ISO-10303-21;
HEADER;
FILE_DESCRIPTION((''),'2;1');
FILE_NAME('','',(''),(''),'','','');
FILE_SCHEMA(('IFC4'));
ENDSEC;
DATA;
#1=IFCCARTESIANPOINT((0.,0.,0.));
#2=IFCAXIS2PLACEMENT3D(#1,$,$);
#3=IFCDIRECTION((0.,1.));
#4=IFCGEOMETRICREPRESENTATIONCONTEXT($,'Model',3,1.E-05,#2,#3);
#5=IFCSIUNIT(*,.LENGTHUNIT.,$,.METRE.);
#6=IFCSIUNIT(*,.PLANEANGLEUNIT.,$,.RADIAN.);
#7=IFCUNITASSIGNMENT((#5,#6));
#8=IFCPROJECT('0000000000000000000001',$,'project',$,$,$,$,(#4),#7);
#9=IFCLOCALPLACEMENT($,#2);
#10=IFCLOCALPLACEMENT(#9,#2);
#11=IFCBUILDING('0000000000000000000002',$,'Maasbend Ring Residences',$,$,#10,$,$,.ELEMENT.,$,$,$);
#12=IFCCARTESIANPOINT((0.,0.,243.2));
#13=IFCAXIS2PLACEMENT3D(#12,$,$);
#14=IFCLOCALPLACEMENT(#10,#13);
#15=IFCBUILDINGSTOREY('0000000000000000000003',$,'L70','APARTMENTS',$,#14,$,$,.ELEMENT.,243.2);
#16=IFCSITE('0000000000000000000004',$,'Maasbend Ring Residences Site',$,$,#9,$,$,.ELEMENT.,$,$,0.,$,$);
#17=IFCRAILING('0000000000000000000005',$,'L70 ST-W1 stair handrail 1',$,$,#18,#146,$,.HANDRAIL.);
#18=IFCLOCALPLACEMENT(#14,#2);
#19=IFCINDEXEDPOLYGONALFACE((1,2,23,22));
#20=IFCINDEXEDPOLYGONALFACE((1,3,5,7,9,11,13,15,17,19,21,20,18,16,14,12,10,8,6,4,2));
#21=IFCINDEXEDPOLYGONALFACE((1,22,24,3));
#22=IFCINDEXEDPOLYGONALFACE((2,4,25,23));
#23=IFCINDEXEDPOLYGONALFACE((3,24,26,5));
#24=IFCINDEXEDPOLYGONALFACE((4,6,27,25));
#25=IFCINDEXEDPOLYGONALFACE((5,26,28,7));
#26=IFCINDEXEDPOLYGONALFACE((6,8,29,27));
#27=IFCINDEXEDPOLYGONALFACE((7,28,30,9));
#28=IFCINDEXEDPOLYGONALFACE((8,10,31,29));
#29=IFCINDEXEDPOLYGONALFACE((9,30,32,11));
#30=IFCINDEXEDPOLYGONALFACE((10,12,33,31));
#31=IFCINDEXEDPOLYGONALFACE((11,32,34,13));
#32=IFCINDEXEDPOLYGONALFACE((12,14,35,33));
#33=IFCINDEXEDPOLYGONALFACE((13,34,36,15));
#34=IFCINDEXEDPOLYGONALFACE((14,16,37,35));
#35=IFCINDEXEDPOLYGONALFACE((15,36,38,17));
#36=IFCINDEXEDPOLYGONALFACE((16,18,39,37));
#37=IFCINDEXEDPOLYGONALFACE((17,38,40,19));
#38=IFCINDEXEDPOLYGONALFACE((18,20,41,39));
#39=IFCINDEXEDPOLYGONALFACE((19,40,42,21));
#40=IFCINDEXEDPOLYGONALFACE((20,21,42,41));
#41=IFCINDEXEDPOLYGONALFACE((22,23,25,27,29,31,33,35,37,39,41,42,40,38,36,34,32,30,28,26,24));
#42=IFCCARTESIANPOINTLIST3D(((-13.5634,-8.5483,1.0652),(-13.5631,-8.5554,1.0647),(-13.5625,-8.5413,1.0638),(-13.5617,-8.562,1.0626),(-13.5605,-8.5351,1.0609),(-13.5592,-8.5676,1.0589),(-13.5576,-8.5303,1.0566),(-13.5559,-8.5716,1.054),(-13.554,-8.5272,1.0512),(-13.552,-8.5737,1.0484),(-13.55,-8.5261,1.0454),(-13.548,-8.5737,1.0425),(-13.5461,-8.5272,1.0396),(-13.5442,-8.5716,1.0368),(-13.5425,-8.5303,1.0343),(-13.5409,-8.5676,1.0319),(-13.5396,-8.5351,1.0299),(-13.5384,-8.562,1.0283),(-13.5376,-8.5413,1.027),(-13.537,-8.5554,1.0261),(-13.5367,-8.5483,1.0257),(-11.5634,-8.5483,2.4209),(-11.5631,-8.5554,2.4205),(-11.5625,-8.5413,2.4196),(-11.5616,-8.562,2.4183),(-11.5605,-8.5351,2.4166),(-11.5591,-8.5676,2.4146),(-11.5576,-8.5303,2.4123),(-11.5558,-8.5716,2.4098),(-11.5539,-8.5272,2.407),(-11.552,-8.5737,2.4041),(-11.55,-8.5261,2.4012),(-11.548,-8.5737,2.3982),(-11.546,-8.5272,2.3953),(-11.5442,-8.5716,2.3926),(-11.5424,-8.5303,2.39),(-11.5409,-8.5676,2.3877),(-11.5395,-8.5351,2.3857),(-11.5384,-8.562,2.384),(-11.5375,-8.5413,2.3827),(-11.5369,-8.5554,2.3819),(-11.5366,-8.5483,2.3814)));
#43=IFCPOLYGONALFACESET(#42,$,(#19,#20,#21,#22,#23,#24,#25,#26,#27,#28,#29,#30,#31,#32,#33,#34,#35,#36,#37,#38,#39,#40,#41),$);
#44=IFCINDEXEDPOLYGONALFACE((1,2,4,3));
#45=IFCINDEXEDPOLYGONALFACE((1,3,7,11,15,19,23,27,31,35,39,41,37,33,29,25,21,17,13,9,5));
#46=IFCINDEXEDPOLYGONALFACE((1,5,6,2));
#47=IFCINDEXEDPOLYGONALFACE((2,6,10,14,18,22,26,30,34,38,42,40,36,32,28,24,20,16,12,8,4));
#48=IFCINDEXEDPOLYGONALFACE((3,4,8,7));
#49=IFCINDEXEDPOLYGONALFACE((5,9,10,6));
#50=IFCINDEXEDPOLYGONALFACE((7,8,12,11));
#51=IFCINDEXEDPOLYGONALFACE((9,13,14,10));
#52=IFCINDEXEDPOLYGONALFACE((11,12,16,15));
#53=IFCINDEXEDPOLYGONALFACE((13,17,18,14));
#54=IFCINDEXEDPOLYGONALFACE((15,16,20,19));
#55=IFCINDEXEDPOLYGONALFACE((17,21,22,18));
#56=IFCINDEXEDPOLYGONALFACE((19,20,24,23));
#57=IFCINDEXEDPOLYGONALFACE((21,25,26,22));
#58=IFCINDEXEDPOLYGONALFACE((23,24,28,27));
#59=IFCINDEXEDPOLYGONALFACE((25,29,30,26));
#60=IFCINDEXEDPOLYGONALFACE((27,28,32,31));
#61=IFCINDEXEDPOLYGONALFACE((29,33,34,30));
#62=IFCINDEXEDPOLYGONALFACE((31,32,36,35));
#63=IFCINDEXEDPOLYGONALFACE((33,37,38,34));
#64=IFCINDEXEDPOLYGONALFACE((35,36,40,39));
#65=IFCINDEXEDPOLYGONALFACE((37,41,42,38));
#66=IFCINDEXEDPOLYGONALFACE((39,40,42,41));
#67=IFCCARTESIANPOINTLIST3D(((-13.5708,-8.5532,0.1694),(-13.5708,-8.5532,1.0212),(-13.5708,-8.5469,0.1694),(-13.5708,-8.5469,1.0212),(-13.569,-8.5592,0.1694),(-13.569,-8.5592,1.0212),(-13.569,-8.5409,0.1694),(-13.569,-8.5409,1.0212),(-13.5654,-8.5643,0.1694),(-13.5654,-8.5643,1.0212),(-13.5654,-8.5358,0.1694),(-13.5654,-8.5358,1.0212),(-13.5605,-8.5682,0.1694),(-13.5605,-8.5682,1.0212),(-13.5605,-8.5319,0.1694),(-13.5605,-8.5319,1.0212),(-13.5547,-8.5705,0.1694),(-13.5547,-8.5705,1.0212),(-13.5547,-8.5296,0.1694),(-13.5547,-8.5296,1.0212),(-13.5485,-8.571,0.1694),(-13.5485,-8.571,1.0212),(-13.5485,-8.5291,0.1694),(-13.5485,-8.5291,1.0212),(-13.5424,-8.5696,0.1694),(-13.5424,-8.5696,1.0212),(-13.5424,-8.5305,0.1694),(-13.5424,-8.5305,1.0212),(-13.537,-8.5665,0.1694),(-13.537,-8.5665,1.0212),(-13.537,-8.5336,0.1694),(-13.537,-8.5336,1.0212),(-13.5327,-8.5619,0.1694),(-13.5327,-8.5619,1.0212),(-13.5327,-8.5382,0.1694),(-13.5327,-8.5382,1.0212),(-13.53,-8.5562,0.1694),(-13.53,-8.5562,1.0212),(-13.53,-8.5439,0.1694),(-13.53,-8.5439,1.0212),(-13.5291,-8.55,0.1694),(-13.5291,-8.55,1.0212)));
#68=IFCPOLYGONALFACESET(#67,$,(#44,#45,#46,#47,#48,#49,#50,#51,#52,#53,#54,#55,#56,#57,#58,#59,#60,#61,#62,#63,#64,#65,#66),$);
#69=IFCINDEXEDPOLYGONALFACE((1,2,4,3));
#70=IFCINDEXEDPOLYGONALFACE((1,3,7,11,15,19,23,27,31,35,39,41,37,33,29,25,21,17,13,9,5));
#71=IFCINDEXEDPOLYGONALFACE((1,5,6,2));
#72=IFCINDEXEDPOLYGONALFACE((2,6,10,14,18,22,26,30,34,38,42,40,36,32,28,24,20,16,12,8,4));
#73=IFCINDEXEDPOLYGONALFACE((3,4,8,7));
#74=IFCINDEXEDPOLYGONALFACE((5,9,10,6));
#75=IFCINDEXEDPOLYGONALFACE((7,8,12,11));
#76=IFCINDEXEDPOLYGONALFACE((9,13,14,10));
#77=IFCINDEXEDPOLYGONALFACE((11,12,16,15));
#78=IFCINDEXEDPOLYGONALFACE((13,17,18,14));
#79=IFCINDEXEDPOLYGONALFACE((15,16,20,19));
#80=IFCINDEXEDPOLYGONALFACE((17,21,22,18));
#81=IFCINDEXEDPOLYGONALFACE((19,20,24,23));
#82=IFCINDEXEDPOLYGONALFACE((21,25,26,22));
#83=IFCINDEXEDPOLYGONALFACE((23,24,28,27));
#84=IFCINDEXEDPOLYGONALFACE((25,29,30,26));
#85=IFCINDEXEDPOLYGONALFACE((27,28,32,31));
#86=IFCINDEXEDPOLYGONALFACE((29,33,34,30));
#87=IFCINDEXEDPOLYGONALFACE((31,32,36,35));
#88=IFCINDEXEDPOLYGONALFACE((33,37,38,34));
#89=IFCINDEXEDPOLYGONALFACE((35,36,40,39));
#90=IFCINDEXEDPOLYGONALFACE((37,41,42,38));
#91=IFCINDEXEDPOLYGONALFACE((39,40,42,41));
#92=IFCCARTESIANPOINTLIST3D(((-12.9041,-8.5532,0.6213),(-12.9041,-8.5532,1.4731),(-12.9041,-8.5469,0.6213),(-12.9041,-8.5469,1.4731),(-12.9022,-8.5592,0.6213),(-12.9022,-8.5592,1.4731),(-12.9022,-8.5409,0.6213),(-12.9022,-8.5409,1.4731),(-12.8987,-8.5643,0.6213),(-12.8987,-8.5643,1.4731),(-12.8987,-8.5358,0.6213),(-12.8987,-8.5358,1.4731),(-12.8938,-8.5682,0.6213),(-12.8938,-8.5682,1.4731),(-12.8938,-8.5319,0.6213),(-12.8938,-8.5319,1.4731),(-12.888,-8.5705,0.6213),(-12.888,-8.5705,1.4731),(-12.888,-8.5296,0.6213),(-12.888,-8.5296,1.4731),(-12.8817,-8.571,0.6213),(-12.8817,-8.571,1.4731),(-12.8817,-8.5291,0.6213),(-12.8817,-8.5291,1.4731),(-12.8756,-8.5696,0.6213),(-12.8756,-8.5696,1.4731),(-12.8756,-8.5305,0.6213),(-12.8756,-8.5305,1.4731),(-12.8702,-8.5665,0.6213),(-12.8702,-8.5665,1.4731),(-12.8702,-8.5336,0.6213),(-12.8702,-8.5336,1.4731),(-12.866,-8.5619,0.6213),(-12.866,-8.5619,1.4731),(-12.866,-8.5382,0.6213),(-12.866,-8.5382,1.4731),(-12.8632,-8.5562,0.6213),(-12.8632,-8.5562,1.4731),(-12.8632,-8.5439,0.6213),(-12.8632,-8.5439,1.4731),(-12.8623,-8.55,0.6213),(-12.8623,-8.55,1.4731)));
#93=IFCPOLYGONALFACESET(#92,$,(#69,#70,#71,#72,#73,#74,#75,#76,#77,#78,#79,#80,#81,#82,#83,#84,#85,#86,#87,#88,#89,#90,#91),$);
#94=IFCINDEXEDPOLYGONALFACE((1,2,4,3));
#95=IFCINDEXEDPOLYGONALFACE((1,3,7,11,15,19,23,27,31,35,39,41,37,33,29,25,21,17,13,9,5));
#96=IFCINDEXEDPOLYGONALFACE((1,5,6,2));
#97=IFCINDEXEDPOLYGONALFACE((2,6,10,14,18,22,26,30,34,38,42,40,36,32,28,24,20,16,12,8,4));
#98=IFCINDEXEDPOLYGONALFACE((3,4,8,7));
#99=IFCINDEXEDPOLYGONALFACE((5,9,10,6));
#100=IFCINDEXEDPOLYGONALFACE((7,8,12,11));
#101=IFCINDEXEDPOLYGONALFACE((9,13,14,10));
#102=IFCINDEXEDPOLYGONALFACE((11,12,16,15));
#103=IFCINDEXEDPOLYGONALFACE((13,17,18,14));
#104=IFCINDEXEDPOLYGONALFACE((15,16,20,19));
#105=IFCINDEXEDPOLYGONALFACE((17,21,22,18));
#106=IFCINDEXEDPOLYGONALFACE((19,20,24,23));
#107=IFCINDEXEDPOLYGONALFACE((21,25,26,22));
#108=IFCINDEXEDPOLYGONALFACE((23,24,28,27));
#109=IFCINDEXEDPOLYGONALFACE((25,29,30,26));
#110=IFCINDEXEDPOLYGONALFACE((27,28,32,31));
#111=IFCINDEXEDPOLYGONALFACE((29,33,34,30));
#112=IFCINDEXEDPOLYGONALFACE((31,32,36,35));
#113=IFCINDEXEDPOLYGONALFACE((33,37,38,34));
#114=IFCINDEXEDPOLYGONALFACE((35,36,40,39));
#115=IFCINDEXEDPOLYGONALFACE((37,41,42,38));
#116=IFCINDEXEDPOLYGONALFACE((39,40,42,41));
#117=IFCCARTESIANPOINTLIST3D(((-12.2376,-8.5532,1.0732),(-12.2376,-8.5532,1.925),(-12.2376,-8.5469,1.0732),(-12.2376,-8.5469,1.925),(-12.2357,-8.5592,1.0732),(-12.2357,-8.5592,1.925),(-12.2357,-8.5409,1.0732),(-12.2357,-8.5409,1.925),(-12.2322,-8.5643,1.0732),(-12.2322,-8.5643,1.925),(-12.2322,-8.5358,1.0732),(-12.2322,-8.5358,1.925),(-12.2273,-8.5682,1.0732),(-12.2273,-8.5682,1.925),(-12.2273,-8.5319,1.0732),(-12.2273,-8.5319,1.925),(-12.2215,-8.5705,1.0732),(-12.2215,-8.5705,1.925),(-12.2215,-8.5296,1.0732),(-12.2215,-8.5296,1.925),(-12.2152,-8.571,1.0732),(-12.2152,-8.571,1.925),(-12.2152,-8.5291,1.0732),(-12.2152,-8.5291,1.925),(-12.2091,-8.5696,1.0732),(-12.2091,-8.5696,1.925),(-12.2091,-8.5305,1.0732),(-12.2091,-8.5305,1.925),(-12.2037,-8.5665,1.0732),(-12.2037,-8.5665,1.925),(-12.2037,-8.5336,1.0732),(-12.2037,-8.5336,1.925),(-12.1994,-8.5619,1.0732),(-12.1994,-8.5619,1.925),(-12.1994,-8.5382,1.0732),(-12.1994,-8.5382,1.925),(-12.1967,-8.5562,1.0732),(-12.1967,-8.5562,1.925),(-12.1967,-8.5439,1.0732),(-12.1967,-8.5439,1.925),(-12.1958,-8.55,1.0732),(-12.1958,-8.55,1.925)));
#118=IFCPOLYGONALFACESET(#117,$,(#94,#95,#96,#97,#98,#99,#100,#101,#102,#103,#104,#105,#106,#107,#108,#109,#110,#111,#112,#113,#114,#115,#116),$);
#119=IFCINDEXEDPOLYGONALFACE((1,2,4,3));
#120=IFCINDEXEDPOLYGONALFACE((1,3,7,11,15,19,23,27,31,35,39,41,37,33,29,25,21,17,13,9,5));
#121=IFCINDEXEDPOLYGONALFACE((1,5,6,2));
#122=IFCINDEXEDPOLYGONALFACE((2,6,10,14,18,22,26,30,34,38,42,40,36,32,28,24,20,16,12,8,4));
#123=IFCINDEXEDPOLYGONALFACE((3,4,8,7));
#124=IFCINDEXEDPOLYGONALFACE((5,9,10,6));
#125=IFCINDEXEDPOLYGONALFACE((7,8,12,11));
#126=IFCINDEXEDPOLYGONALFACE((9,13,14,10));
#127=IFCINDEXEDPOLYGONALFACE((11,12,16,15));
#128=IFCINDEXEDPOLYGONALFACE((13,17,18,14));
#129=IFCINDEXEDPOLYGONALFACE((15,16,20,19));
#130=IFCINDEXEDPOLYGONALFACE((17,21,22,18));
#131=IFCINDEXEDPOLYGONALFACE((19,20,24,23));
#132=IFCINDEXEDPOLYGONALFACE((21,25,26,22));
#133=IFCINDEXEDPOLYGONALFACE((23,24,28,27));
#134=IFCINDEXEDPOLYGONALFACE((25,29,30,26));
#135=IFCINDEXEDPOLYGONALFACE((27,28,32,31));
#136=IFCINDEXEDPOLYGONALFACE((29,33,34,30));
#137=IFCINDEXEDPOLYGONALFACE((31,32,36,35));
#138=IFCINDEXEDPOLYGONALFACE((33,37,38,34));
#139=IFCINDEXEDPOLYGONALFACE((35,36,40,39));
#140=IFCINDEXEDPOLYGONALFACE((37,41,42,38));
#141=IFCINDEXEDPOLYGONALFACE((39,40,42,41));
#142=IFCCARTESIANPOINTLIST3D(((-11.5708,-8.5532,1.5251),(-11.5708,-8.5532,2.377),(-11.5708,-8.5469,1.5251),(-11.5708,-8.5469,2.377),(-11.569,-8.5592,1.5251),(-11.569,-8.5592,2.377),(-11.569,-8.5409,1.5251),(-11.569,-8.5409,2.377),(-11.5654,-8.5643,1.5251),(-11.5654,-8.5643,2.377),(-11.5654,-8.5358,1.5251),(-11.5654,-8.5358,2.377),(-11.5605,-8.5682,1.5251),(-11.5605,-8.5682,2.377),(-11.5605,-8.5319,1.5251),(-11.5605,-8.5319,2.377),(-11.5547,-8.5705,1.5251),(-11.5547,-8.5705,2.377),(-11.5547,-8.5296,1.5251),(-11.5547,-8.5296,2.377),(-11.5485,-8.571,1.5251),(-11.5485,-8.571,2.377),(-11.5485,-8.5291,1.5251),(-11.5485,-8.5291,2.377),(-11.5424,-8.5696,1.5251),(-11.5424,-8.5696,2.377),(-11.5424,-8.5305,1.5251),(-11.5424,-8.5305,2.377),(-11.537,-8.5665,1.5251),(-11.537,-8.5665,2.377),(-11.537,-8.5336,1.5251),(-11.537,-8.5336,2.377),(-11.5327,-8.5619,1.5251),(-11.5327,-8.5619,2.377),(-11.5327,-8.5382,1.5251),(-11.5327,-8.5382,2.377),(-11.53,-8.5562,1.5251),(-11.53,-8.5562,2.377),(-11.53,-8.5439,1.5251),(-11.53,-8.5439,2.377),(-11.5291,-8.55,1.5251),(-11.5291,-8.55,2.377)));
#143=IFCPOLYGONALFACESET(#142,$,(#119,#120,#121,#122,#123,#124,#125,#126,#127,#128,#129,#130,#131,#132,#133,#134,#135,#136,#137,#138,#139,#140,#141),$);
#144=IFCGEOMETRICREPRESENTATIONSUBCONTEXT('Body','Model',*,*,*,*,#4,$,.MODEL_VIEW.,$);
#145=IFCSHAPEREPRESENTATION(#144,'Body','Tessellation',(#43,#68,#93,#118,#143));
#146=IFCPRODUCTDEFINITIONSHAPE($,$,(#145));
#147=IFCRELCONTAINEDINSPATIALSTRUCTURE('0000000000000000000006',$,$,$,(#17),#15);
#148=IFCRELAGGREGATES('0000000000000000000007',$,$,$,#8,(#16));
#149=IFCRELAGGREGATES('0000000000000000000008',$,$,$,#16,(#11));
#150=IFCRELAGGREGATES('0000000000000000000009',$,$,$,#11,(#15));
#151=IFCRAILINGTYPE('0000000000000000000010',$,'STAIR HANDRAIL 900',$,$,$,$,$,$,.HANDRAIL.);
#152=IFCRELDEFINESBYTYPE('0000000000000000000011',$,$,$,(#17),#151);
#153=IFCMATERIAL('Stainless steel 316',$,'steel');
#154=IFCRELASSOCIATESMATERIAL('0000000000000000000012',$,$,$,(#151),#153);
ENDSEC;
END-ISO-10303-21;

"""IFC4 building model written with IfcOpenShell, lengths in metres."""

from ifc_helpers import new_model, si_unit, direction, frame, origin, origin_2d, place, context, subcontext, project, spatial, circle, extrude, material, type_object, element, save


model = new_model("IFC4")

# Units and contexts
model_context = context("Model", 3, precision=1e-05, world=origin(), true_north=direction((0.0, 1.0)))
body_context = subcontext(model_context, "Body", "Model", "MODEL_VIEW")
ifc_project = project(units=[si_unit("LENGTHUNIT", "METRE"), si_unit("PLANEANGLEUNIT", "RADIAN")], contexts=[model_context])

# Site, building, storey
site_placement = place(None, origin())
site = spatial("IfcSite", under=ifc_project, at=site_placement, Name="Maasbend Ring Residences Site", CompositionType="ELEMENT", RefElevation=0.0)
building_placement = place(site_placement, origin())
building = spatial("IfcBuilding", under=site, at=building_placement, Name="Maasbend Ring Residences", CompositionType="ELEMENT")
storey_placement = place(building_placement, frame((0.0, 0.0, 243.2)))
storey = spatial("IfcBuildingStorey", under=building, at=storey_placement, Name="L70", Description="APARTMENTS", CompositionType="ELEMENT", Elevation=243.2)

# Railing
ifc_material_1 = material(Name="Stainless steel 316", Category="steel")
railing_type_1 = type_object("IfcRailingType", Name="STAIR HANDRAIL 900", PredefinedType="HANDRAIL", material=ifc_material_1)
railing_1_placement = place(storey_placement, frame((-13.55, -8.55, 0.1694)))
element("IfcRailing", 1, at=railing_1_placement, inside=storey, type_object=railing_type_1, Name="L70 ST-W1 stair handrail 1", PredefinedType="HANDRAIL", context=body_context, shape_type="SweptSolid", body=[
    extrude(circle(Radius=0.0239, at=origin_2d()), frame((0.0, 0.0, 0.876), z_axis=(0.827751, 0.0, 0.561096), x_axis=(0.0, 1.0, 0.0)), (0.0, 0.0, 1.0), 2.4163),
    extrude(circle(Radius=0.021, at=origin_2d()), origin(), (0.0, 0.0, 1.0), 0.8518),
    extrude(circle(Radius=0.021, at=origin_2d()), frame((0.6667, 0.0, 0.4519)), (0.0, 0.0, 1.0), 0.8518),
    extrude(circle(Radius=0.021, at=origin_2d()), frame((1.3333, 0.0, 0.9038)), (0.0, 0.0, 1.0), 0.8518),
    extrude(circle(Radius=0.021, at=origin_2d()), frame((2.0, 0.0, 1.3557)), (0.0, 0.0, 1.0), 0.8518),
])

save(model, "model.ifc")
